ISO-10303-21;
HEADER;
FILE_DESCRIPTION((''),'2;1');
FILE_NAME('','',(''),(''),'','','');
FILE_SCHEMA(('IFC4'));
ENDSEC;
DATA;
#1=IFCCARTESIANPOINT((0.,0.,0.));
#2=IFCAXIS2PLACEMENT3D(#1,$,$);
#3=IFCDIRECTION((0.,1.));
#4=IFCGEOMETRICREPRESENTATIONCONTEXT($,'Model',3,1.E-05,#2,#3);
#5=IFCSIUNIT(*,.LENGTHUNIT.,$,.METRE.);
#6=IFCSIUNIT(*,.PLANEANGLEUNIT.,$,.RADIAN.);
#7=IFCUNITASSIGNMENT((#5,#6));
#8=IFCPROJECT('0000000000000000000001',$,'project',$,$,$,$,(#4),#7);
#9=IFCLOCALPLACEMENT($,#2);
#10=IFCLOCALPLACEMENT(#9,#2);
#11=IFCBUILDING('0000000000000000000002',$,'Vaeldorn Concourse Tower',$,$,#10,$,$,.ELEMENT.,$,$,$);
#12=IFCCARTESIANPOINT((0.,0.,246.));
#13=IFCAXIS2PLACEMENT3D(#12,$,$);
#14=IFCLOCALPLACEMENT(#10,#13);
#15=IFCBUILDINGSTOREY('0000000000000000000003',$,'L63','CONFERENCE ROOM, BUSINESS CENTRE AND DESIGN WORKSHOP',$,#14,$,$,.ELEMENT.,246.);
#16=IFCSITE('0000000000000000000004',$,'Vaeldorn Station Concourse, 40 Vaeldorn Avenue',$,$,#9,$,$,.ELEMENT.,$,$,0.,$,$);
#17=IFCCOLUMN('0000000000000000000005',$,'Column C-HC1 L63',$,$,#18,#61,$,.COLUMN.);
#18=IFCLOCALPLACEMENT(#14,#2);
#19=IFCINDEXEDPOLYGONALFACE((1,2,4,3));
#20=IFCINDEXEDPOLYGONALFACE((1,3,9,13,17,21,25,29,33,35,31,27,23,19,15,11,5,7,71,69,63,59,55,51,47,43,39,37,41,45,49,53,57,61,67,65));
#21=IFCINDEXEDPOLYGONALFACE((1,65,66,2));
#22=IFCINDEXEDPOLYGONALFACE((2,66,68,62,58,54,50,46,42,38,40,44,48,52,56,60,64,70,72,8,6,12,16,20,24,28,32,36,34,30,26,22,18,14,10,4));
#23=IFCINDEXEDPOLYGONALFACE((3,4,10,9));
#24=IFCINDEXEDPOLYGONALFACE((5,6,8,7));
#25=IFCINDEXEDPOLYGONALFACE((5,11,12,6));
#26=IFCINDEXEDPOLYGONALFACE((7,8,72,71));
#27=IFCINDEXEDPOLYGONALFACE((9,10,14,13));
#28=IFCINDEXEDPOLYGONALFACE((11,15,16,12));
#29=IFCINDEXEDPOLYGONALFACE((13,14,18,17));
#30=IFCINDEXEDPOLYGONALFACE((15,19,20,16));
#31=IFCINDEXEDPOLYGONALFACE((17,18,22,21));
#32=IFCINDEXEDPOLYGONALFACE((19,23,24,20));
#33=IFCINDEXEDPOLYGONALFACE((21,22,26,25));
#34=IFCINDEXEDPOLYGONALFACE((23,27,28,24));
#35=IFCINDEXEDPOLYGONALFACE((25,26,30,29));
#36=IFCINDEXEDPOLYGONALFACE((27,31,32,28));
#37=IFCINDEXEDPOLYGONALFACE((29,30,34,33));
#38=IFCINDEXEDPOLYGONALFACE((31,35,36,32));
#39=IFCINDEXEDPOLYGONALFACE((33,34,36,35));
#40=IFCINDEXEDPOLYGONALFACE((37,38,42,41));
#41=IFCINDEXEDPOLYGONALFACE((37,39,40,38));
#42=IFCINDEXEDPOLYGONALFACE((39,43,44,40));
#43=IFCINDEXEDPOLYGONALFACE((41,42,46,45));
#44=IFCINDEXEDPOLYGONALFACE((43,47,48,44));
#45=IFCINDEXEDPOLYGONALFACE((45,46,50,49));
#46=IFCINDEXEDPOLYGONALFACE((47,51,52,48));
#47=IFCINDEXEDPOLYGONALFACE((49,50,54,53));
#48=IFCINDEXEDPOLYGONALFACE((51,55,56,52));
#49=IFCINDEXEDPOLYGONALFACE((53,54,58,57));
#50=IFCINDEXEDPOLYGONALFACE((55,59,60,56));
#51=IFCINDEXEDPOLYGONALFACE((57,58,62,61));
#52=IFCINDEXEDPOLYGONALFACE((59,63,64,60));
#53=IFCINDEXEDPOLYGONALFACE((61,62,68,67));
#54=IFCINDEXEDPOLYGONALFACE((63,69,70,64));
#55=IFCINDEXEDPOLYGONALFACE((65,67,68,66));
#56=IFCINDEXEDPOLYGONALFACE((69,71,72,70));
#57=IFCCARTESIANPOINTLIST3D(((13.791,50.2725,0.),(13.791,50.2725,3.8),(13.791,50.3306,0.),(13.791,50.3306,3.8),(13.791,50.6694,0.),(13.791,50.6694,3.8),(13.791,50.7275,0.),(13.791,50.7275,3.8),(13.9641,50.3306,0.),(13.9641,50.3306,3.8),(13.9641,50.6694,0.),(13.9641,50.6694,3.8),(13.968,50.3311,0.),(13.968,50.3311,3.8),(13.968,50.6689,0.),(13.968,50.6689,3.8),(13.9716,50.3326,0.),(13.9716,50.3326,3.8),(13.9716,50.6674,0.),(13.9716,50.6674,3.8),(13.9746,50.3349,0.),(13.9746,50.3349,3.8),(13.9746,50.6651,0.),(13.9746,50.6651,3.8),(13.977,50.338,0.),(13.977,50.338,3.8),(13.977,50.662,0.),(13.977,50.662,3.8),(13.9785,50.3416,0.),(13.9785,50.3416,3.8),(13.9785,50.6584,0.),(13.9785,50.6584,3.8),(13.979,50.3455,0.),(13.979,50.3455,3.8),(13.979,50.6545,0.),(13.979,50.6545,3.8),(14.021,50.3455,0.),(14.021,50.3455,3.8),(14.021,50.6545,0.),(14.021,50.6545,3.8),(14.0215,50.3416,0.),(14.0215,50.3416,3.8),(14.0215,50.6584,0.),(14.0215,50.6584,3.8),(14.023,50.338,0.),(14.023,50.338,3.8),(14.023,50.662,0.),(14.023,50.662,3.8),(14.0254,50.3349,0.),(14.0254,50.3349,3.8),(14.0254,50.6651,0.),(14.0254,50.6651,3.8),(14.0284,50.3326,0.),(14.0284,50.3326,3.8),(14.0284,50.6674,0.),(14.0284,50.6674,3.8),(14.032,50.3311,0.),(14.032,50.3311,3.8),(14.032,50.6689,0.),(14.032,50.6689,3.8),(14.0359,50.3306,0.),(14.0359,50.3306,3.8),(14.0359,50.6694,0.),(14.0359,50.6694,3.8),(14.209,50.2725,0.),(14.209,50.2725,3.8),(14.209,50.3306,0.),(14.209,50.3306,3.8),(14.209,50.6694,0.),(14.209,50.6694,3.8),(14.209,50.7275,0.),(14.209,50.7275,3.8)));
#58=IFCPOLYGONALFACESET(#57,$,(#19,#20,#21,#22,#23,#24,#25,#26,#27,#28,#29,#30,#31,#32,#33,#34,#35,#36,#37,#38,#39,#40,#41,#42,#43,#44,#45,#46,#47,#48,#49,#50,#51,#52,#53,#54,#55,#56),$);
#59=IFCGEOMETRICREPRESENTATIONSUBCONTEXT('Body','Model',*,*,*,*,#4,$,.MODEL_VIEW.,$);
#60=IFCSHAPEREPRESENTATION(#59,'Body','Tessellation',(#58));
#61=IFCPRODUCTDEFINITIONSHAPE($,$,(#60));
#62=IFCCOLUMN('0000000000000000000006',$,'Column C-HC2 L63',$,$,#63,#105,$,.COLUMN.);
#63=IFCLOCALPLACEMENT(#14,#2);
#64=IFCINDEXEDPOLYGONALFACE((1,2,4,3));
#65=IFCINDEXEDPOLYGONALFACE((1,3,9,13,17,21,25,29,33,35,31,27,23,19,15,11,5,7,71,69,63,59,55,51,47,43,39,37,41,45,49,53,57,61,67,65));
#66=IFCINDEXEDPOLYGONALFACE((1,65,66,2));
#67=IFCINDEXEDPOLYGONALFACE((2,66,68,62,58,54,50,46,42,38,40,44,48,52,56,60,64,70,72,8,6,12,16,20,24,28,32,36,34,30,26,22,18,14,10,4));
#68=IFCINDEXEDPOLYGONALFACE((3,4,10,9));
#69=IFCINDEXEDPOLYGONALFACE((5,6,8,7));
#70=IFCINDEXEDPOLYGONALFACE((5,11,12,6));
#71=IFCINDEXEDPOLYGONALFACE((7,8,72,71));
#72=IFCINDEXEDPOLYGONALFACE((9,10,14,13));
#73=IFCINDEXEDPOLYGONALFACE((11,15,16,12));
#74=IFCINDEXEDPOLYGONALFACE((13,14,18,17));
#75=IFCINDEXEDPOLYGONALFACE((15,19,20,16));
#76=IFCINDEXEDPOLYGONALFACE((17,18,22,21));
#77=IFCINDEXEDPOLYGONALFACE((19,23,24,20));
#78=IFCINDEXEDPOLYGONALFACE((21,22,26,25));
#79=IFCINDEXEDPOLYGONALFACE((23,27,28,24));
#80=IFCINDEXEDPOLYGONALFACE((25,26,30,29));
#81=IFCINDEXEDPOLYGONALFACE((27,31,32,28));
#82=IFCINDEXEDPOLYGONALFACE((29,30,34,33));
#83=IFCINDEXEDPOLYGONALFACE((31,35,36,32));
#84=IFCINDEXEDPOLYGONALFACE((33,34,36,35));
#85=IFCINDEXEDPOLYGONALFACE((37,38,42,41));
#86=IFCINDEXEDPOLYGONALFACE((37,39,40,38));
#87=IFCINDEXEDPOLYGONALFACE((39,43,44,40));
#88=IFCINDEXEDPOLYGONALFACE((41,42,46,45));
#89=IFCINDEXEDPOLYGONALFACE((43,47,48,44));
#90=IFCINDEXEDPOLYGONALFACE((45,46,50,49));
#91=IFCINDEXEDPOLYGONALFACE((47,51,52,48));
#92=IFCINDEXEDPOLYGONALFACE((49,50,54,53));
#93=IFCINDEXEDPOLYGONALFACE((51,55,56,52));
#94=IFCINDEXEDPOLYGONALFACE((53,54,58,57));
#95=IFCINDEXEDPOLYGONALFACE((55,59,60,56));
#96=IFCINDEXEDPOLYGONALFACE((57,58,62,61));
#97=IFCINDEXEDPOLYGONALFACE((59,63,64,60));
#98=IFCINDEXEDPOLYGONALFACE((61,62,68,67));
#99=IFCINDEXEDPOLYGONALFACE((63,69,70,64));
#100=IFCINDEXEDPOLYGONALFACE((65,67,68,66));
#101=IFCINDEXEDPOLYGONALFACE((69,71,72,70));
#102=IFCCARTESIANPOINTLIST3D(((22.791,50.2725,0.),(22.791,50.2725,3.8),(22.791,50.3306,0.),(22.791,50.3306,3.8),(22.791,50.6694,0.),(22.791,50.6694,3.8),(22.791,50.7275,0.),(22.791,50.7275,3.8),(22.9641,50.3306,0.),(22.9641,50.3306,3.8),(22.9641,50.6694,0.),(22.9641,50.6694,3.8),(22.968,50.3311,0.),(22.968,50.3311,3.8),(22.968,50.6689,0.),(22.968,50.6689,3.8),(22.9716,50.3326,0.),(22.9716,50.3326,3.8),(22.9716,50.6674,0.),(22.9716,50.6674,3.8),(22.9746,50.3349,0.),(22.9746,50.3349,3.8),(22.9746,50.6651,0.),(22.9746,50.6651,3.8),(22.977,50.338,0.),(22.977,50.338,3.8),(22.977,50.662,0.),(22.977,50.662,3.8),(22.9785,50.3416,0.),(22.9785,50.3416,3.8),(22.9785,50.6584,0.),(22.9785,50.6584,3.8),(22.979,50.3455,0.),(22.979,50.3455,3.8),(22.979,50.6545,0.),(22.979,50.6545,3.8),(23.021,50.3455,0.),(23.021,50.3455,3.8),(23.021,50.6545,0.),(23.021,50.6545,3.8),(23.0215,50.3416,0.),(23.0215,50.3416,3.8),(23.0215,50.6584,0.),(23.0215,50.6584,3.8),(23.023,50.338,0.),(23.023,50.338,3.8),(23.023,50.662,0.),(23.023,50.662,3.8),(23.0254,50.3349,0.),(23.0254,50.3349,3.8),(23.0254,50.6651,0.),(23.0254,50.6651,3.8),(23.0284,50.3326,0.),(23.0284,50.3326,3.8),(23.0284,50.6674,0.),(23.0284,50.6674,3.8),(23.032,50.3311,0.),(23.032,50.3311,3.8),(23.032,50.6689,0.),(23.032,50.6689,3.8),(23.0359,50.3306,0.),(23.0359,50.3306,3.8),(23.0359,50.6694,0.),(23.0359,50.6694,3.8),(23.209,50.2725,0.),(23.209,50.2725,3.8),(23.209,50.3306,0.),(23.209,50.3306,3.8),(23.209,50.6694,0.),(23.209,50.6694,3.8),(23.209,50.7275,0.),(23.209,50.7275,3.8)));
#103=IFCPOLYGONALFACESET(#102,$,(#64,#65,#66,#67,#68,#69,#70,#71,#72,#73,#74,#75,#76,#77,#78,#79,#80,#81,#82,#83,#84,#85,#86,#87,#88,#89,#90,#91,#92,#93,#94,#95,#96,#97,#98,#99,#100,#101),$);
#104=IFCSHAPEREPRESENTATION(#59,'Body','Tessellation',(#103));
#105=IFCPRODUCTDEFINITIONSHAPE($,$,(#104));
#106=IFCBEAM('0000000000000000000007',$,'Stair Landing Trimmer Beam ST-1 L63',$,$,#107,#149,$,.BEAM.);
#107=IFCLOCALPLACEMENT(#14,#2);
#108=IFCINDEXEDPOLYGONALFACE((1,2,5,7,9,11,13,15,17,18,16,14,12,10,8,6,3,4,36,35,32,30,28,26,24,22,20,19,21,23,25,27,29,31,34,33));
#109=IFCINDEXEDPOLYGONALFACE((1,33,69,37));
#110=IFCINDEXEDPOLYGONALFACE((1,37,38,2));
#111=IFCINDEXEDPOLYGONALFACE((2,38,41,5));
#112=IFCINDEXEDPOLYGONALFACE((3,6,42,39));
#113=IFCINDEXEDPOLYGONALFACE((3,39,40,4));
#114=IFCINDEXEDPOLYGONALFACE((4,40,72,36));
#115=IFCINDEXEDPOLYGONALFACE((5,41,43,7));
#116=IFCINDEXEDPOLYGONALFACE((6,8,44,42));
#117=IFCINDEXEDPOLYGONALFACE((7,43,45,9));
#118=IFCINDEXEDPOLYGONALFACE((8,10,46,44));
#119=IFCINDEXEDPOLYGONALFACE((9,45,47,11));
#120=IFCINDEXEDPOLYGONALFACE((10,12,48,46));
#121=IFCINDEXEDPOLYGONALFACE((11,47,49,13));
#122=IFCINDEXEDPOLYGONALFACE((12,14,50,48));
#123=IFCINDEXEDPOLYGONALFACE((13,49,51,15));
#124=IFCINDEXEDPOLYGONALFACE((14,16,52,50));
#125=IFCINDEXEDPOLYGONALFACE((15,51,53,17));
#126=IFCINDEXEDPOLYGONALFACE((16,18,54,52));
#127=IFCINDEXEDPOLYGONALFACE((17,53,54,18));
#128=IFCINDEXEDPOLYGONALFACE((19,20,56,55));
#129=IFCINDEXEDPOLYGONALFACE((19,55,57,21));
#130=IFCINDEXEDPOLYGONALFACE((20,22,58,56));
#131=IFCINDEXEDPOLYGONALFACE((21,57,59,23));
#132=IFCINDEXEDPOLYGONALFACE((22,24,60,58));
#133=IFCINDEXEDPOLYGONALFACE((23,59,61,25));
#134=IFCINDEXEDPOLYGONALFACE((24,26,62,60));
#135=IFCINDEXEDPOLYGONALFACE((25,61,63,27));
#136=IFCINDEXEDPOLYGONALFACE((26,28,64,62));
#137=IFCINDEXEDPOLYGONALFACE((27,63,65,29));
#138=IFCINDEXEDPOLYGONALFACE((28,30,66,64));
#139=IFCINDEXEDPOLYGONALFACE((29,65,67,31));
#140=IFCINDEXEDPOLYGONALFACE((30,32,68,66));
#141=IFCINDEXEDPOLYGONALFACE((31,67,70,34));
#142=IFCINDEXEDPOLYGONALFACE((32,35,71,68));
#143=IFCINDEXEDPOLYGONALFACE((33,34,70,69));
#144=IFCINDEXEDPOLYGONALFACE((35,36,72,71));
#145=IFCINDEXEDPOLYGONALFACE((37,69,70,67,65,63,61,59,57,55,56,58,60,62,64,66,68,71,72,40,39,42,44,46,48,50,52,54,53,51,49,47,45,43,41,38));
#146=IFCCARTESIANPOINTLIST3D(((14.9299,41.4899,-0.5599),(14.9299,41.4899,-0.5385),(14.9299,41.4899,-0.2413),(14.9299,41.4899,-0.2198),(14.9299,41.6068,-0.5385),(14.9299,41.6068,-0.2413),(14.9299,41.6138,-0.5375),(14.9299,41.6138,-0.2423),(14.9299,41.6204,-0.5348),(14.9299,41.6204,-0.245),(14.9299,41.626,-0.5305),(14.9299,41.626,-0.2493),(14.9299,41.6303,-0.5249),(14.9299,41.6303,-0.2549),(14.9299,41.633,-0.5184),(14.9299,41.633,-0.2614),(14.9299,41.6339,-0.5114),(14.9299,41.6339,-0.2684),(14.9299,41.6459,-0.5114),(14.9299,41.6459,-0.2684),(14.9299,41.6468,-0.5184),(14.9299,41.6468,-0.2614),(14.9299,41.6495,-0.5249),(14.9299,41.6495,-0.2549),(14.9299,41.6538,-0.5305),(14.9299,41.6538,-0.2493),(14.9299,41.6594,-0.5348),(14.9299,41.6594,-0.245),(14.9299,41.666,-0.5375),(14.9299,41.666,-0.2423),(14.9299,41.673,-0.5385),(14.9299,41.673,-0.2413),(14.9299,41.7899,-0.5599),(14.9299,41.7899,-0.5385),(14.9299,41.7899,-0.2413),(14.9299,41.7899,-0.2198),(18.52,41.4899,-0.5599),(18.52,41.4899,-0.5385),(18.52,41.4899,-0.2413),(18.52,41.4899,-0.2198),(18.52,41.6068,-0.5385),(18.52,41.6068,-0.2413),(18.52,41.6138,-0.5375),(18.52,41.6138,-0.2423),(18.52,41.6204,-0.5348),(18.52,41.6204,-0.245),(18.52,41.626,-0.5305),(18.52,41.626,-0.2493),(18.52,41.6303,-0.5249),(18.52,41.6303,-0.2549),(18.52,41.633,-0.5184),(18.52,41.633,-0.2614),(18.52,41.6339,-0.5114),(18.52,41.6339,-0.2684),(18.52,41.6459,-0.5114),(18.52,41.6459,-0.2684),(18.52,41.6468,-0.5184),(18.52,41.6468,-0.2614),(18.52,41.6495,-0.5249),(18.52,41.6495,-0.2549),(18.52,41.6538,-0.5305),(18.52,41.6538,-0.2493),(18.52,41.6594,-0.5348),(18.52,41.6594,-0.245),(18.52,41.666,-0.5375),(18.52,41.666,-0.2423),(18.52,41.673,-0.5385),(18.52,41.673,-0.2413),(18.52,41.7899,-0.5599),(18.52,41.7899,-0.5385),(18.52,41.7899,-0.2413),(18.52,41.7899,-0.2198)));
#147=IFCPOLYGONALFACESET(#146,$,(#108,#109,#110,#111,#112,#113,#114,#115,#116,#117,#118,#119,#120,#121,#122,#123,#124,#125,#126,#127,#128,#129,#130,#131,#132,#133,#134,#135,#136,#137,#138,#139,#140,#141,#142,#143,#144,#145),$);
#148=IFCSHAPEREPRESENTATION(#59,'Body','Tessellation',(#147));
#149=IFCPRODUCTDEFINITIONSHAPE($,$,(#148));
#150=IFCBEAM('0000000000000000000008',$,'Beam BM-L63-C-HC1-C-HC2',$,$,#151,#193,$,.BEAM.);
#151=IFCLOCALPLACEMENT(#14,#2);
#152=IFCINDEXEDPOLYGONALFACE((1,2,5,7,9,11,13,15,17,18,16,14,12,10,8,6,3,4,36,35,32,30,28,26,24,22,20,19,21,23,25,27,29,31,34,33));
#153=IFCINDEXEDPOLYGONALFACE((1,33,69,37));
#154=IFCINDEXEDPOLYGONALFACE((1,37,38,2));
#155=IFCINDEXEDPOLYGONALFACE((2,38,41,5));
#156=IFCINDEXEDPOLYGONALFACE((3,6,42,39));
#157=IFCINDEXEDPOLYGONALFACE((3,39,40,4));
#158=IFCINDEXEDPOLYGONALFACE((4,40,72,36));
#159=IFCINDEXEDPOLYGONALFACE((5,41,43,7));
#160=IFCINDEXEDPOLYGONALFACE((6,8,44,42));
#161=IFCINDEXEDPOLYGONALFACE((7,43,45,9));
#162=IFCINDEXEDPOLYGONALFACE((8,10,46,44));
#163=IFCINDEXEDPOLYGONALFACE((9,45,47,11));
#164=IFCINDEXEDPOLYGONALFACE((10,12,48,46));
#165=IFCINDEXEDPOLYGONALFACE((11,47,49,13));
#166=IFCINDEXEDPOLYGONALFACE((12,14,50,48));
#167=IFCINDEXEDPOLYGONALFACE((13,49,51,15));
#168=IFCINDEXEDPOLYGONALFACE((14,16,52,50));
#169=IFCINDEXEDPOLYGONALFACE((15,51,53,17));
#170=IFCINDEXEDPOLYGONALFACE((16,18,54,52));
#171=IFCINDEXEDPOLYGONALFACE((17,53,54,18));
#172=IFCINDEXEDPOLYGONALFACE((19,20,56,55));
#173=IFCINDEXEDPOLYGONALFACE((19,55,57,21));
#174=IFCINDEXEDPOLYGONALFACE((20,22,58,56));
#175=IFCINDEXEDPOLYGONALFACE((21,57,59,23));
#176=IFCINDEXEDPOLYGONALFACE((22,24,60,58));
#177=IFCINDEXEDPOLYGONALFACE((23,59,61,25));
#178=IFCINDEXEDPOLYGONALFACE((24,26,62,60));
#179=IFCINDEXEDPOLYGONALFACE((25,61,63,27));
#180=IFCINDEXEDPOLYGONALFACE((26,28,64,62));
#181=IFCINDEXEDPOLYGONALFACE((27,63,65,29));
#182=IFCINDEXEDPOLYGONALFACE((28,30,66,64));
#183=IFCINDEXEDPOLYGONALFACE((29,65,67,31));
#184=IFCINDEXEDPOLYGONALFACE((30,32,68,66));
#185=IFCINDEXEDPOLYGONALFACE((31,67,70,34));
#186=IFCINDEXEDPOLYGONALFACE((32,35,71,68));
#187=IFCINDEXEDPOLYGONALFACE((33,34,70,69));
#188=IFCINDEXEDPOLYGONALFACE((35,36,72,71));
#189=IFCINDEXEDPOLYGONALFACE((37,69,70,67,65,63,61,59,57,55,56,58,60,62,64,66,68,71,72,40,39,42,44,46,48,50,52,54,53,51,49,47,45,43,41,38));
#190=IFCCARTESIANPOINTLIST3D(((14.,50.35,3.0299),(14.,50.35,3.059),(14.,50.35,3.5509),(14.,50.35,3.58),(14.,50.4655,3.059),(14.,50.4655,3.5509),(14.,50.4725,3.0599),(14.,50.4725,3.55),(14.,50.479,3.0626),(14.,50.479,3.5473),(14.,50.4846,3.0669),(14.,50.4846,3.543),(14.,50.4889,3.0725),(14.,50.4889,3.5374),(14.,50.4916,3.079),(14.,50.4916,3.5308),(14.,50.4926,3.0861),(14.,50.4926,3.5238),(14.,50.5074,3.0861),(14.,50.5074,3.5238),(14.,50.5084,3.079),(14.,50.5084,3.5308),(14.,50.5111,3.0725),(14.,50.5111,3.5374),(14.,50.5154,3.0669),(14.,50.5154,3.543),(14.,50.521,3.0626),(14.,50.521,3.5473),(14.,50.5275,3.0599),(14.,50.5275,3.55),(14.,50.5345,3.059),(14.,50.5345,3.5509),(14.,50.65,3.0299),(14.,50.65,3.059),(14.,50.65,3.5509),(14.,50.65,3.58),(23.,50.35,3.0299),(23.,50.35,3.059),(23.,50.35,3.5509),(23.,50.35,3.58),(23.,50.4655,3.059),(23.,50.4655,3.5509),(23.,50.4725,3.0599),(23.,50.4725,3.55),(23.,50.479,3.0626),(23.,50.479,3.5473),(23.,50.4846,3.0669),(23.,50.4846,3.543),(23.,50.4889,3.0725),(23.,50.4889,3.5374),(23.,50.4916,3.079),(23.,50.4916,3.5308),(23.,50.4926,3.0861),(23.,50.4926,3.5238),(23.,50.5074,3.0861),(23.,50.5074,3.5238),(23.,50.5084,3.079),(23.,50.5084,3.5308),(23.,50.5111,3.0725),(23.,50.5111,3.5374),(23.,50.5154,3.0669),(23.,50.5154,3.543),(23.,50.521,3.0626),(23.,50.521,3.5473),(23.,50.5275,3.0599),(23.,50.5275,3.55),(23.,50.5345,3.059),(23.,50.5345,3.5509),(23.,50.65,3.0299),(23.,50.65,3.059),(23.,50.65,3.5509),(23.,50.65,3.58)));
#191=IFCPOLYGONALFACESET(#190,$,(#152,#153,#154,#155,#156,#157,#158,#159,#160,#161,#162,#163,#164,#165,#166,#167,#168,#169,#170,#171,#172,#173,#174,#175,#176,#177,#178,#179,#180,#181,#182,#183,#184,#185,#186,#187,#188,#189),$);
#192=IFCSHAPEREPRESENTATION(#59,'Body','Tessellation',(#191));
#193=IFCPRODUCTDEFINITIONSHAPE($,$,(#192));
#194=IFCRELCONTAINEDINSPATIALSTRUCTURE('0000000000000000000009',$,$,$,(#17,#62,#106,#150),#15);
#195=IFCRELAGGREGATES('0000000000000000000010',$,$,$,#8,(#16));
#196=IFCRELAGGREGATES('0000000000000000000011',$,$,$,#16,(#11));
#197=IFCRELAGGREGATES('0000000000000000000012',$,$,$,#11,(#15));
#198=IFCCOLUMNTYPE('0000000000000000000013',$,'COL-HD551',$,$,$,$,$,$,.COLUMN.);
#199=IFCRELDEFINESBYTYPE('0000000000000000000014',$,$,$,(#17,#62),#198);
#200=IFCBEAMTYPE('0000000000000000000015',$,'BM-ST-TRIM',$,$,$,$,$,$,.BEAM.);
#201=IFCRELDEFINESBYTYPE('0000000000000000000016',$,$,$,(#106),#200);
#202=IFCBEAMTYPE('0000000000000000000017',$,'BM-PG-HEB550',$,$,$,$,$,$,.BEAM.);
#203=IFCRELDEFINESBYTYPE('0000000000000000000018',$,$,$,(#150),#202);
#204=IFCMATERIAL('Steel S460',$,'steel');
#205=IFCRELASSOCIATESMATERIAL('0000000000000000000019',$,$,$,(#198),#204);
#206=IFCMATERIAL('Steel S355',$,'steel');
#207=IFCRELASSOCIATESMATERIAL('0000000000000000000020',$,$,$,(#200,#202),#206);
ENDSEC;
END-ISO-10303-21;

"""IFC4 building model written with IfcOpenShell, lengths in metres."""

from ifc_helpers import new_model, si_unit, direction, frame, origin, origin_2d, place, context, subcontext, project, spatial, i_section, extrude, source, transform, mapped, material, material_profile, profile_set, type_object, element, save


model = new_model("IFC4")

# Units and contexts
model_context = context("Model", 3, precision=1e-05, world=origin(), true_north=direction((0.0, 1.0)))
body_context = subcontext(model_context, "Body", "Model", "MODEL_VIEW")
ifc_project = project(units=[si_unit("LENGTHUNIT", "METRE"), si_unit("PLANEANGLEUNIT", "RADIAN")], contexts=[model_context])

# Site, building, storey
site_placement = place(None, origin())
site = spatial("IfcSite", under=ifc_project, at=site_placement, Name="Vaeldorn Station Concourse, 40 Vaeldorn Avenue", CompositionType="ELEMENT", RefElevation=0.0)
building_placement = place(site_placement, origin())
building = spatial("IfcBuilding", under=site, at=building_placement, Name="Vaeldorn Concourse Tower", CompositionType="ELEMENT")
storey_placement = place(building_placement, frame((0.0, 0.0, 246.0)))
storey = spatial("IfcBuildingStorey", under=building, at=storey_placement, Name="L63", Description="CONFERENCE ROOM, BUSINESS CENTRE AND DESIGN WORKSHOP", CompositionType="ELEMENT", Elevation=246.0)

# Columns
ifc_material_1 = material(Name="Steel S460", Category="steel")
ifc_material_profile_1 = material_profile(ifc_material_1, i_section(OverallWidth=0.418, OverallDepth=0.4551, WebThickness=0.042, FlangeThickness=0.0581, FilletRadius=0.0149, at=origin_2d()), Name="HD 400x551")
ifc_profile_set_1 = profile_set([ifc_material_profile_1], Name="Steel S460")
column_type = type_object("IfcColumnType", Name="COL-HD551", PredefinedType="COLUMN", material=ifc_profile_set_1)
shared_shape_1 = source(origin(), body_context, "Body", "SweptSolid", [
    extrude(i_section(OverallWidth=0.418, OverallDepth=0.4551, WebThickness=0.042, FlangeThickness=0.0581, FilletRadius=0.0149, at=origin_2d()), origin(), (0.0, 0.0, 1.0), 3.8),
])
for number, where, z_axis, x_axis, name in (
    (1, (14.0, 50.5, 0.0), (0.0, 0.0, 1.0), (1.0, 0.0, 0.0), "Column C-HC1 L63"),
    (2, (23.0, 50.5, 0.0), (0.0, 0.0, 1.0), (1.0, 0.0, 0.0), "Column C-HC2 L63"),
):
    element("IfcColumn", number, at=place(storey_placement, frame(where, z_axis=z_axis, x_axis=x_axis)), inside=storey, type_object=column_type, Name=name, PredefinedType="COLUMN", context=body_context, shape_type="MappedRepresentation", body=[
        mapped(shared_shape_1, transform((0.0, 0.0, 0.0), scale=1.0)),
    ])

# Beams
ifc_material_2 = material(Name="Steel S355", Category="steel")
ifc_material_profile_2 = material_profile(ifc_material_2, i_section(OverallWidth=0.3, OverallDepth=0.3401, WebThickness=0.012, FlangeThickness=0.0215, FilletRadius=0.0271, at=origin_2d()), Name="HEB 340")
ifc_profile_set_2 = profile_set([ifc_material_profile_2], Name="Steel S355")
beam_type_1 = type_object("IfcBeamType", Name="BM-ST-TRIM", PredefinedType="BEAM", material=ifc_profile_set_2)
shared_shape_2 = source(origin(), body_context, "Body", "SweptSolid", [
    extrude(i_section(OverallWidth=0.3, OverallDepth=0.3401, WebThickness=0.012, FlangeThickness=0.0215, FilletRadius=0.0271, at=origin_2d()), origin(), (0.0, 0.0, 1.0), 3.5901),
])
beam_1_placement = place(storey_placement, frame((14.9299, 41.6399, -0.3899), z_axis=(1.0, 0.0, 0.0), x_axis=(0.0, 1.0, 0.0)))
element("IfcBeam", 3, at=beam_1_placement, inside=storey, type_object=beam_type_1, Name="Stair Landing Trimmer Beam ST-1 L63", PredefinedType="BEAM", context=body_context, shape_type="MappedRepresentation", body=[
    mapped(shared_shape_2, transform((0.0, 0.0, 0.0), scale=1.0)),
])
ifc_material_profile_3 = material_profile(ifc_material_2, i_section(OverallWidth=0.3, OverallDepth=0.55, WebThickness=0.0149, FlangeThickness=0.0291, FilletRadius=0.0271, at=origin_2d()), Name="HEB 550")
ifc_profile_set_3 = profile_set([ifc_material_profile_3], Name="Steel S355")
beam_type_2 = type_object("IfcBeamType", Name="BM-PG-HEB550", PredefinedType="BEAM", material=ifc_profile_set_3)
shared_shape_3 = source(origin(), body_context, "Body", "SweptSolid", [
    extrude(i_section(OverallWidth=0.3, OverallDepth=0.55, WebThickness=0.0149, FlangeThickness=0.0291, FilletRadius=0.0271, at=origin_2d()), origin(), (0.0, 0.0, 1.0), 9.0),
])
beam_2_placement = place(storey_placement, frame((14.0, 50.5, 3.3049), z_axis=(1.0, 0.0, 0.0), x_axis=(0.0, 1.0, 0.0)))
element("IfcBeam", 4, at=beam_2_placement, inside=storey, type_object=beam_type_2, Name="Beam BM-L63-C-HC1-C-HC2", PredefinedType="BEAM", context=body_context, shape_type="MappedRepresentation", body=[
    mapped(shared_shape_3, transform((0.0, 0.0, 0.0), scale=1.0)),
])

save(model, "model.ifc")
